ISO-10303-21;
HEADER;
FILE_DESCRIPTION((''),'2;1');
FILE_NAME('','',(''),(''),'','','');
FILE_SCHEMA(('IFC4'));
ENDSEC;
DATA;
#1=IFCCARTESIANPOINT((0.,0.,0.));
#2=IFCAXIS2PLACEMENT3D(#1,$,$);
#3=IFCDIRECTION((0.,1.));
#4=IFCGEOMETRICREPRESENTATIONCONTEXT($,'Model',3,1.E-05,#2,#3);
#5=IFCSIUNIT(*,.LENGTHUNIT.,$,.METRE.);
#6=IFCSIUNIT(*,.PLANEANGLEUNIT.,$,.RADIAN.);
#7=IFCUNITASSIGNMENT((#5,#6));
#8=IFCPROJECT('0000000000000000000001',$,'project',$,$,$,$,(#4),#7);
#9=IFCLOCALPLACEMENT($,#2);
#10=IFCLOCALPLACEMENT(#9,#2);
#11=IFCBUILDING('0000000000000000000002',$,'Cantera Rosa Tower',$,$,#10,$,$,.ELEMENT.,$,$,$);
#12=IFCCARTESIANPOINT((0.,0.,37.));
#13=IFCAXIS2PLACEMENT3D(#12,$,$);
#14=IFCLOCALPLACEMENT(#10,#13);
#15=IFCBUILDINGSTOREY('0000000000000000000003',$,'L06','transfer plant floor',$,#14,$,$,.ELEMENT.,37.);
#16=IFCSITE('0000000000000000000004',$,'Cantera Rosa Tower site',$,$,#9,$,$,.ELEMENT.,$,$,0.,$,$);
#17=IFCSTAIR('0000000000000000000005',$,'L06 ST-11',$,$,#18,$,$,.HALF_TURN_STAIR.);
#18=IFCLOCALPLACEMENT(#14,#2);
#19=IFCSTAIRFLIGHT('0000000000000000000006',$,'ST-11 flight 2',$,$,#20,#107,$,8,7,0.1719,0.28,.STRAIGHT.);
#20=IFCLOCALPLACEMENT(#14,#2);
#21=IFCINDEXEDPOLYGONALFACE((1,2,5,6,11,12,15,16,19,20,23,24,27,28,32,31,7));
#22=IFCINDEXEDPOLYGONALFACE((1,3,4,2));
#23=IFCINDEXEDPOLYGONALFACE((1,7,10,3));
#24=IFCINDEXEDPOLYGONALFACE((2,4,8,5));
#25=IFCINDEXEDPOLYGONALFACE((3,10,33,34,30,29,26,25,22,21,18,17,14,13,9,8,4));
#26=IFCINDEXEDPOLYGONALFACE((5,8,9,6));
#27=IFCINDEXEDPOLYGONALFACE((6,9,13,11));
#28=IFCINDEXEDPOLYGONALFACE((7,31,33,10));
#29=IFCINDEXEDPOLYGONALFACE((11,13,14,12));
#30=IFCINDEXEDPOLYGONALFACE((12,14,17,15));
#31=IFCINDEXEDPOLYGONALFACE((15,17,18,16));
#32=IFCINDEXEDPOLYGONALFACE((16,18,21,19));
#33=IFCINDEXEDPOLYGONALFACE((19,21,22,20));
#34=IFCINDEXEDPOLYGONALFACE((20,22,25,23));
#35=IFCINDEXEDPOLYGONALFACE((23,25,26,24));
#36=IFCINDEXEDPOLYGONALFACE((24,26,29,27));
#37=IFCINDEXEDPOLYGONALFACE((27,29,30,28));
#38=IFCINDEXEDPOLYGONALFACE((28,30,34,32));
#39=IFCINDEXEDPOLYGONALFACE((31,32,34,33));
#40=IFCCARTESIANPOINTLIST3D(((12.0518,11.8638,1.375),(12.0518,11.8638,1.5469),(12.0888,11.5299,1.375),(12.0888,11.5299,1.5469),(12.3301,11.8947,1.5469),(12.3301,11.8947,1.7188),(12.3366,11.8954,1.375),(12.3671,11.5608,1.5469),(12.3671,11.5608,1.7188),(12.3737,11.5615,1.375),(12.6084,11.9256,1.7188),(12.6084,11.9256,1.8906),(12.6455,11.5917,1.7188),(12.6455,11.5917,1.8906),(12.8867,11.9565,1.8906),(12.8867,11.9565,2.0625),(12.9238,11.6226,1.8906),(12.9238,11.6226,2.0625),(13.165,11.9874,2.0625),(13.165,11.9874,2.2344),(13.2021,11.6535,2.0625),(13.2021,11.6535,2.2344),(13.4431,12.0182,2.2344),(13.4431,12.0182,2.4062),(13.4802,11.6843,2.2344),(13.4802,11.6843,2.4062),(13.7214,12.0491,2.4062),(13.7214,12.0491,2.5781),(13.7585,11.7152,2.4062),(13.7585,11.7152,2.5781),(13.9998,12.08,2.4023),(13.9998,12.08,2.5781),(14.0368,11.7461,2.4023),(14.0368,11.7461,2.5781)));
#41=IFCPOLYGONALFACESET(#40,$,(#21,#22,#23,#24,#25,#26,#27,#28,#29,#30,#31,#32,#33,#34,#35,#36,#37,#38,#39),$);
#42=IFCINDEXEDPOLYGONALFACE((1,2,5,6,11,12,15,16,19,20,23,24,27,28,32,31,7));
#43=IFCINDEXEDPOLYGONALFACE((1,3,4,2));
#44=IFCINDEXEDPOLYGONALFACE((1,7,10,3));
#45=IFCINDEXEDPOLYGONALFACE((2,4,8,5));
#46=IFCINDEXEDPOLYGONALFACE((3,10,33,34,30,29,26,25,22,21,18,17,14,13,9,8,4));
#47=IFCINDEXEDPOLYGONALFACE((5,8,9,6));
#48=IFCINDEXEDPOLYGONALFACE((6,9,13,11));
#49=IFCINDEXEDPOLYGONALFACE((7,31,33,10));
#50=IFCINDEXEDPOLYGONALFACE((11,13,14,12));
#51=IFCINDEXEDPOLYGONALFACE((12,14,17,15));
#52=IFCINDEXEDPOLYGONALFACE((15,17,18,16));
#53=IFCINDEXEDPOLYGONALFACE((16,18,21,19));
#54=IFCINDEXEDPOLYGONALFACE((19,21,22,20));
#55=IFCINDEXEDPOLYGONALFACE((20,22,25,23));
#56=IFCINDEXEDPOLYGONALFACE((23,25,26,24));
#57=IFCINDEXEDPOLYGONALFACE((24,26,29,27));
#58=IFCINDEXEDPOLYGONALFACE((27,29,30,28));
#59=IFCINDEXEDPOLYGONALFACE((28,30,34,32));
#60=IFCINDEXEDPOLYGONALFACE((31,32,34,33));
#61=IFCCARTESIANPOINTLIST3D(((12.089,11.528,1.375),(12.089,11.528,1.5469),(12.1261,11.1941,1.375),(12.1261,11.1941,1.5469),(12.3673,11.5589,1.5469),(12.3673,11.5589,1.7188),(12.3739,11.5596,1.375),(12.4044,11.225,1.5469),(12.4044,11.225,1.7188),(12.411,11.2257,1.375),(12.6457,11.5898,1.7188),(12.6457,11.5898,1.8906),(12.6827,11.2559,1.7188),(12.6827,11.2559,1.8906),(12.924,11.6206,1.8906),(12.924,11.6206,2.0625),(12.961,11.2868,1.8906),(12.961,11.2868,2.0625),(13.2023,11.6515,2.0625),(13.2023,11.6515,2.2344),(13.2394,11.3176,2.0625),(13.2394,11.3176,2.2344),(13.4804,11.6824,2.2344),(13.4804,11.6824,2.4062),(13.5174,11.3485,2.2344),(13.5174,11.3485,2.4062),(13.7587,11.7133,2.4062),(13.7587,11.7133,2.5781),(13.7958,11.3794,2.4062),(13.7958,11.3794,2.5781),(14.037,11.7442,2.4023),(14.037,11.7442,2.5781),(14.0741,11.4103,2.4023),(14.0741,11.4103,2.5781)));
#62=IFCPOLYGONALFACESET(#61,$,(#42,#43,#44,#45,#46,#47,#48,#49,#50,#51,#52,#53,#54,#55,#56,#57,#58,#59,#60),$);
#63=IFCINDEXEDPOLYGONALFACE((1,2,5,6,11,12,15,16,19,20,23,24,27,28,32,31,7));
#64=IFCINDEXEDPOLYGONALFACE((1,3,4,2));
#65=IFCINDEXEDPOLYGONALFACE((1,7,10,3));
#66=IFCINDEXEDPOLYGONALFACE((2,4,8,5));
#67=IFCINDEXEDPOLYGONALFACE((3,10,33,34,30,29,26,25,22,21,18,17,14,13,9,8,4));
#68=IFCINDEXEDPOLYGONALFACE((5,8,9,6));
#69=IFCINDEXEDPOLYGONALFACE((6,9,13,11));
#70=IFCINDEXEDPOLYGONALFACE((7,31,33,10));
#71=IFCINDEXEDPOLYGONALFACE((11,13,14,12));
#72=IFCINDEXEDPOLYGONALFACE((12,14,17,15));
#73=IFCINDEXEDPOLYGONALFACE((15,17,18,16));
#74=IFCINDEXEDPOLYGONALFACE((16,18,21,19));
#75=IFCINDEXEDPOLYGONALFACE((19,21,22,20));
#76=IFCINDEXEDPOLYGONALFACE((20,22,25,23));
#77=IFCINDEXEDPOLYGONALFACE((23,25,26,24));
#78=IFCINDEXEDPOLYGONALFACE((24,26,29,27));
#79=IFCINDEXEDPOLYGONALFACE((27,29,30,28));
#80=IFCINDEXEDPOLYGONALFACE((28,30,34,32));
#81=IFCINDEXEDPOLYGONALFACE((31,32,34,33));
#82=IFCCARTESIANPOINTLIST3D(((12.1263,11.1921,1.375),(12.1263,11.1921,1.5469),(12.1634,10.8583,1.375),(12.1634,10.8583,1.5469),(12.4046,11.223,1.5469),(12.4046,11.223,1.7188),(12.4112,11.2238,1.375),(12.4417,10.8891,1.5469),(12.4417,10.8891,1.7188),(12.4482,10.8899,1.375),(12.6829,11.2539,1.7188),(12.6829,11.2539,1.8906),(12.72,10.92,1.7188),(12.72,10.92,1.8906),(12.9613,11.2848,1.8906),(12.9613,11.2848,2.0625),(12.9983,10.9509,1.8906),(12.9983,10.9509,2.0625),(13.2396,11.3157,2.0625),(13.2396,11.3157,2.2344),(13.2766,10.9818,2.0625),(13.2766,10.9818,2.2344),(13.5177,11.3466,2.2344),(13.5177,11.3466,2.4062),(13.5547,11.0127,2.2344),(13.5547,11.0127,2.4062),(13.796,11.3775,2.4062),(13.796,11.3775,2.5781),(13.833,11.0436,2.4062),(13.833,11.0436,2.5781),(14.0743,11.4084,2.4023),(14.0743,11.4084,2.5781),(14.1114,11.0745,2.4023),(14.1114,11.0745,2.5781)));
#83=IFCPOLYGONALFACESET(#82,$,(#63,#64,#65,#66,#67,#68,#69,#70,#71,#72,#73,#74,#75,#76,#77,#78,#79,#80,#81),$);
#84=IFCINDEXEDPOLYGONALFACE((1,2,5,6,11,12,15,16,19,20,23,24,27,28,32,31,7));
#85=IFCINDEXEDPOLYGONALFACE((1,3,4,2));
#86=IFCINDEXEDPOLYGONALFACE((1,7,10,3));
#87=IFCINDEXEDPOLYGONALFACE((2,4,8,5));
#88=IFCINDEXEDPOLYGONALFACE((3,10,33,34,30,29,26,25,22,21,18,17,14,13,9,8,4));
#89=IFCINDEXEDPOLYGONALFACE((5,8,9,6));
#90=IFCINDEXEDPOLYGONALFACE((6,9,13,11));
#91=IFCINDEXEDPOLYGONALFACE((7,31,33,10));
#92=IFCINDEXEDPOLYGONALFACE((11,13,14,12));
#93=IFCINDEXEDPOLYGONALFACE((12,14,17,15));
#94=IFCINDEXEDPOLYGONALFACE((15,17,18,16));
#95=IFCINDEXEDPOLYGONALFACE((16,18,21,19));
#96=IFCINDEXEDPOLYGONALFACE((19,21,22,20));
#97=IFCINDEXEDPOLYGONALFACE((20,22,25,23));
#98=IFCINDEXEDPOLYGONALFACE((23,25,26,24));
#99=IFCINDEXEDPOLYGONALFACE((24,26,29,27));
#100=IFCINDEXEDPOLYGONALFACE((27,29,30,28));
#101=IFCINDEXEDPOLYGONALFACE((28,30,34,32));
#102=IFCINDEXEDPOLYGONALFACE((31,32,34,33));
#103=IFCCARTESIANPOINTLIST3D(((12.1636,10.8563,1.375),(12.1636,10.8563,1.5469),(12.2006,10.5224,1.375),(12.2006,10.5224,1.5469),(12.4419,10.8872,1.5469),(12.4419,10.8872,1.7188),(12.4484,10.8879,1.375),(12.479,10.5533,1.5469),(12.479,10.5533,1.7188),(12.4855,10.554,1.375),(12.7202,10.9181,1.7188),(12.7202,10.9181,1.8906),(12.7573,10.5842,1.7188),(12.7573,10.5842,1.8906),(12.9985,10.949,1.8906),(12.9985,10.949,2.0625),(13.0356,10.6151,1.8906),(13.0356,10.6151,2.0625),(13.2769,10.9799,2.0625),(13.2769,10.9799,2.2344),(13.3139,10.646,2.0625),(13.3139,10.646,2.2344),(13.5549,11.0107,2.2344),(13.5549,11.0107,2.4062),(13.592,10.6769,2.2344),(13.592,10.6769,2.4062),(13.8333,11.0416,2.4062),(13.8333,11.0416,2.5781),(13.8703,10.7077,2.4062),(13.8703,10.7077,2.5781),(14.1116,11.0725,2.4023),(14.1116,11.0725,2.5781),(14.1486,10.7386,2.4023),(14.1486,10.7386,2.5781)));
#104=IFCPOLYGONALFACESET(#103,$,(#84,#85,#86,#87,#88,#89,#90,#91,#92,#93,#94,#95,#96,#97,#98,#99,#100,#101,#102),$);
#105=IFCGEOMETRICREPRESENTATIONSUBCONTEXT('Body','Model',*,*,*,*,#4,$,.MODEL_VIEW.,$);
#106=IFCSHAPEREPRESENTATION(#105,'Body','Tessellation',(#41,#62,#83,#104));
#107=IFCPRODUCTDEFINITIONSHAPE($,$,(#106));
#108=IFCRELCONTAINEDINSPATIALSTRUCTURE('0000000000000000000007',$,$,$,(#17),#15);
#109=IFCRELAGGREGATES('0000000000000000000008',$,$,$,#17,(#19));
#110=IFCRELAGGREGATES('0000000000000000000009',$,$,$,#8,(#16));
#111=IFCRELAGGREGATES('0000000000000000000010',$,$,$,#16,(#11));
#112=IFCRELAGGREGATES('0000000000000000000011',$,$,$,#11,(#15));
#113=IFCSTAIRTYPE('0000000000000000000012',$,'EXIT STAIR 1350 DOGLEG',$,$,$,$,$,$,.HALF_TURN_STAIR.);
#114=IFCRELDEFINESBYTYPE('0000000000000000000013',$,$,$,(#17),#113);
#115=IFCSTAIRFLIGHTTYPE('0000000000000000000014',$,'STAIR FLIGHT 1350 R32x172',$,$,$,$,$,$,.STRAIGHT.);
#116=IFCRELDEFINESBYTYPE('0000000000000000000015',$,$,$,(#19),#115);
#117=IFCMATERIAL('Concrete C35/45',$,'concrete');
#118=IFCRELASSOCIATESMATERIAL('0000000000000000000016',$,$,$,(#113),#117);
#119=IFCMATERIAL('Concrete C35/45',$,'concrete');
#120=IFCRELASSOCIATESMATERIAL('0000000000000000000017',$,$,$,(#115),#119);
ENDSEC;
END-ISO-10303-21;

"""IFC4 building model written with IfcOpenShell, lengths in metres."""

from ifc_helpers import new_model, si_unit, direction, frame, origin, place, context, subcontext, project, spatial, polyline, outline, extrude, material, type_object, element, aggregate, save


model = new_model("IFC4")

# Units and contexts
model_context = context("Model", 3, precision=1e-05, world=origin(), true_north=direction((0.0, 1.0)))
body_context = subcontext(model_context, "Body", "Model", "MODEL_VIEW")
ifc_project = project(units=[si_unit("LENGTHUNIT", "METRE"), si_unit("PLANEANGLEUNIT", "RADIAN")], contexts=[model_context])

# Site, building, storey
site_placement = place(None, origin())
site = spatial("IfcSite", under=ifc_project, at=site_placement, Name="Cantera Rosa Tower site", CompositionType="ELEMENT", RefElevation=0.0)
building_placement = place(site_placement, origin())
building = spatial("IfcBuilding", under=site, at=building_placement, Name="Cantera Rosa Tower", CompositionType="ELEMENT")
storey_placement = place(building_placement, frame((0.0, 0.0, 37.0)))
storey = spatial("IfcBuildingStorey", under=building, at=storey_placement, Name="L06", Description="transfer plant floor", CompositionType="ELEMENT", Elevation=37.0)

# Shared definitions
ifc_material_1 = material(Name="Concrete C35/45", Category="concrete")
stair_type = type_object("IfcStairType", Name="EXIT STAIR 1350 DOGLEG", PredefinedType="HALF_TURN_STAIR", material=ifc_material_1)

# Stair, stair flight
stair_1_placement = place(storey_placement, origin())
stair_1 = element("IfcStair", 1, at=stair_1_placement, inside=storey, type_object=stair_type, Name="L06 ST-11", PredefinedType="HALF_TURN_STAIR")
ifc_material_2 = material(Name="Concrete C35/45", Category="concrete")
stair_flight_type = type_object("IfcStairFlightType", Name="STAIR FLIGHT 1350 R32x172", PredefinedType="STRAIGHT", material=ifc_material_2)
stair_flight_1_placement = place(storey_placement, frame((12.1262, 11.1929, 1.375), z_axis=(0.0, 0.0, 1.0), x_axis=(0.993897, 0.110313, 0.0)))
stair_flight_1 = element("IfcStairFlight", 2, at=stair_flight_1_placement, type_object=stair_flight_type, Name="ST-11 flight 2", NumberOfRisers=8, NumberOfTreads=7, PredefinedType="STRAIGHT", RiserHeight=0.1719, TreadLength=0.28, context=body_context, shape_type="SweptSolid", body=[
    extrude(outline(polyline([(0.0, 0.0), (0.0, 0.1719), (0.28, 0.1719), (0.28, 0.3438), (0.5601, 0.3438), (0.5601, 0.5156), (0.8401, 0.5156), (0.8401, 0.6875), (1.1201, 0.6875), (1.1201, 0.8594), (1.3999, 0.8594), (1.3999, 1.0312), (1.6799, 1.0312), (1.6799, 1.2031), (1.96, 1.2031), (1.96, 1.375), (1.96, 1.0273), (0.2866, 0.0), (0.0, 0.0)])), frame((0.0, 0.675, 0.0), z_axis=(0.0, -1.0, 0.0), x_axis=(1.0, 0.0, 0.0)), (0.0, 0.0, 1.0), 0.3359),
    extrude(outline(polyline([(0.0, 0.0), (0.0, 0.1719), (0.28, 0.1719), (0.28, 0.3438), (0.5601, 0.3438), (0.5601, 0.5156), (0.8401, 0.5156), (0.8401, 0.6875), (1.1201, 0.6875), (1.1201, 0.8594), (1.3999, 0.8594), (1.3999, 1.0312), (1.6799, 1.0312), (1.6799, 1.2031), (1.96, 1.2031), (1.96, 1.375), (1.96, 1.0273), (0.2866, 0.0), (0.0, 0.0)])), frame((0.0, 0.3372, 0.0), z_axis=(0.0, -1.0, 0.0), x_axis=(1.0, 0.0, 0.0)), (0.0, 0.0, 1.0), 0.3359),
    extrude(outline(polyline([(0.0, 0.0), (0.0, 0.1719), (0.28, 0.1719), (0.28, 0.3438), (0.5601, 0.3438), (0.5601, 0.5156), (0.8401, 0.5156), (0.8401, 0.6875), (1.1201, 0.6875), (1.1201, 0.8594), (1.3999, 0.8594), (1.3999, 1.0312), (1.6799, 1.0312), (1.6799, 1.2031), (1.96, 1.2031), (1.96, 1.375), (1.96, 1.0273), (0.2866, 0.0), (0.0, 0.0)])), frame((0.0, -0.0007, 0.0), z_axis=(0.0, -1.0, 0.0), x_axis=(1.0, 0.0, 0.0)), (0.0, 0.0, 1.0), 0.3359),
    extrude(outline(polyline([(0.0, 0.0), (0.0, 0.1719), (0.28, 0.1719), (0.28, 0.3438), (0.5601, 0.3438), (0.5601, 0.5156), (0.8401, 0.5156), (0.8401, 0.6875), (1.1201, 0.6875), (1.1201, 0.8594), (1.3999, 0.8594), (1.3999, 1.0312), (1.6799, 1.0312), (1.6799, 1.2031), (1.96, 1.2031), (1.96, 1.375), (1.96, 1.0273), (0.2866, 0.0), (0.0, 0.0)])), frame((0.0, -0.3386, 0.0), z_axis=(0.0, -1.0, 0.0), x_axis=(1.0, 0.0, 0.0)), (0.0, 0.0, 1.0), 0.3359),
])
aggregate(stair_1, [stair_flight_1])

save(model, "model.ifc")
